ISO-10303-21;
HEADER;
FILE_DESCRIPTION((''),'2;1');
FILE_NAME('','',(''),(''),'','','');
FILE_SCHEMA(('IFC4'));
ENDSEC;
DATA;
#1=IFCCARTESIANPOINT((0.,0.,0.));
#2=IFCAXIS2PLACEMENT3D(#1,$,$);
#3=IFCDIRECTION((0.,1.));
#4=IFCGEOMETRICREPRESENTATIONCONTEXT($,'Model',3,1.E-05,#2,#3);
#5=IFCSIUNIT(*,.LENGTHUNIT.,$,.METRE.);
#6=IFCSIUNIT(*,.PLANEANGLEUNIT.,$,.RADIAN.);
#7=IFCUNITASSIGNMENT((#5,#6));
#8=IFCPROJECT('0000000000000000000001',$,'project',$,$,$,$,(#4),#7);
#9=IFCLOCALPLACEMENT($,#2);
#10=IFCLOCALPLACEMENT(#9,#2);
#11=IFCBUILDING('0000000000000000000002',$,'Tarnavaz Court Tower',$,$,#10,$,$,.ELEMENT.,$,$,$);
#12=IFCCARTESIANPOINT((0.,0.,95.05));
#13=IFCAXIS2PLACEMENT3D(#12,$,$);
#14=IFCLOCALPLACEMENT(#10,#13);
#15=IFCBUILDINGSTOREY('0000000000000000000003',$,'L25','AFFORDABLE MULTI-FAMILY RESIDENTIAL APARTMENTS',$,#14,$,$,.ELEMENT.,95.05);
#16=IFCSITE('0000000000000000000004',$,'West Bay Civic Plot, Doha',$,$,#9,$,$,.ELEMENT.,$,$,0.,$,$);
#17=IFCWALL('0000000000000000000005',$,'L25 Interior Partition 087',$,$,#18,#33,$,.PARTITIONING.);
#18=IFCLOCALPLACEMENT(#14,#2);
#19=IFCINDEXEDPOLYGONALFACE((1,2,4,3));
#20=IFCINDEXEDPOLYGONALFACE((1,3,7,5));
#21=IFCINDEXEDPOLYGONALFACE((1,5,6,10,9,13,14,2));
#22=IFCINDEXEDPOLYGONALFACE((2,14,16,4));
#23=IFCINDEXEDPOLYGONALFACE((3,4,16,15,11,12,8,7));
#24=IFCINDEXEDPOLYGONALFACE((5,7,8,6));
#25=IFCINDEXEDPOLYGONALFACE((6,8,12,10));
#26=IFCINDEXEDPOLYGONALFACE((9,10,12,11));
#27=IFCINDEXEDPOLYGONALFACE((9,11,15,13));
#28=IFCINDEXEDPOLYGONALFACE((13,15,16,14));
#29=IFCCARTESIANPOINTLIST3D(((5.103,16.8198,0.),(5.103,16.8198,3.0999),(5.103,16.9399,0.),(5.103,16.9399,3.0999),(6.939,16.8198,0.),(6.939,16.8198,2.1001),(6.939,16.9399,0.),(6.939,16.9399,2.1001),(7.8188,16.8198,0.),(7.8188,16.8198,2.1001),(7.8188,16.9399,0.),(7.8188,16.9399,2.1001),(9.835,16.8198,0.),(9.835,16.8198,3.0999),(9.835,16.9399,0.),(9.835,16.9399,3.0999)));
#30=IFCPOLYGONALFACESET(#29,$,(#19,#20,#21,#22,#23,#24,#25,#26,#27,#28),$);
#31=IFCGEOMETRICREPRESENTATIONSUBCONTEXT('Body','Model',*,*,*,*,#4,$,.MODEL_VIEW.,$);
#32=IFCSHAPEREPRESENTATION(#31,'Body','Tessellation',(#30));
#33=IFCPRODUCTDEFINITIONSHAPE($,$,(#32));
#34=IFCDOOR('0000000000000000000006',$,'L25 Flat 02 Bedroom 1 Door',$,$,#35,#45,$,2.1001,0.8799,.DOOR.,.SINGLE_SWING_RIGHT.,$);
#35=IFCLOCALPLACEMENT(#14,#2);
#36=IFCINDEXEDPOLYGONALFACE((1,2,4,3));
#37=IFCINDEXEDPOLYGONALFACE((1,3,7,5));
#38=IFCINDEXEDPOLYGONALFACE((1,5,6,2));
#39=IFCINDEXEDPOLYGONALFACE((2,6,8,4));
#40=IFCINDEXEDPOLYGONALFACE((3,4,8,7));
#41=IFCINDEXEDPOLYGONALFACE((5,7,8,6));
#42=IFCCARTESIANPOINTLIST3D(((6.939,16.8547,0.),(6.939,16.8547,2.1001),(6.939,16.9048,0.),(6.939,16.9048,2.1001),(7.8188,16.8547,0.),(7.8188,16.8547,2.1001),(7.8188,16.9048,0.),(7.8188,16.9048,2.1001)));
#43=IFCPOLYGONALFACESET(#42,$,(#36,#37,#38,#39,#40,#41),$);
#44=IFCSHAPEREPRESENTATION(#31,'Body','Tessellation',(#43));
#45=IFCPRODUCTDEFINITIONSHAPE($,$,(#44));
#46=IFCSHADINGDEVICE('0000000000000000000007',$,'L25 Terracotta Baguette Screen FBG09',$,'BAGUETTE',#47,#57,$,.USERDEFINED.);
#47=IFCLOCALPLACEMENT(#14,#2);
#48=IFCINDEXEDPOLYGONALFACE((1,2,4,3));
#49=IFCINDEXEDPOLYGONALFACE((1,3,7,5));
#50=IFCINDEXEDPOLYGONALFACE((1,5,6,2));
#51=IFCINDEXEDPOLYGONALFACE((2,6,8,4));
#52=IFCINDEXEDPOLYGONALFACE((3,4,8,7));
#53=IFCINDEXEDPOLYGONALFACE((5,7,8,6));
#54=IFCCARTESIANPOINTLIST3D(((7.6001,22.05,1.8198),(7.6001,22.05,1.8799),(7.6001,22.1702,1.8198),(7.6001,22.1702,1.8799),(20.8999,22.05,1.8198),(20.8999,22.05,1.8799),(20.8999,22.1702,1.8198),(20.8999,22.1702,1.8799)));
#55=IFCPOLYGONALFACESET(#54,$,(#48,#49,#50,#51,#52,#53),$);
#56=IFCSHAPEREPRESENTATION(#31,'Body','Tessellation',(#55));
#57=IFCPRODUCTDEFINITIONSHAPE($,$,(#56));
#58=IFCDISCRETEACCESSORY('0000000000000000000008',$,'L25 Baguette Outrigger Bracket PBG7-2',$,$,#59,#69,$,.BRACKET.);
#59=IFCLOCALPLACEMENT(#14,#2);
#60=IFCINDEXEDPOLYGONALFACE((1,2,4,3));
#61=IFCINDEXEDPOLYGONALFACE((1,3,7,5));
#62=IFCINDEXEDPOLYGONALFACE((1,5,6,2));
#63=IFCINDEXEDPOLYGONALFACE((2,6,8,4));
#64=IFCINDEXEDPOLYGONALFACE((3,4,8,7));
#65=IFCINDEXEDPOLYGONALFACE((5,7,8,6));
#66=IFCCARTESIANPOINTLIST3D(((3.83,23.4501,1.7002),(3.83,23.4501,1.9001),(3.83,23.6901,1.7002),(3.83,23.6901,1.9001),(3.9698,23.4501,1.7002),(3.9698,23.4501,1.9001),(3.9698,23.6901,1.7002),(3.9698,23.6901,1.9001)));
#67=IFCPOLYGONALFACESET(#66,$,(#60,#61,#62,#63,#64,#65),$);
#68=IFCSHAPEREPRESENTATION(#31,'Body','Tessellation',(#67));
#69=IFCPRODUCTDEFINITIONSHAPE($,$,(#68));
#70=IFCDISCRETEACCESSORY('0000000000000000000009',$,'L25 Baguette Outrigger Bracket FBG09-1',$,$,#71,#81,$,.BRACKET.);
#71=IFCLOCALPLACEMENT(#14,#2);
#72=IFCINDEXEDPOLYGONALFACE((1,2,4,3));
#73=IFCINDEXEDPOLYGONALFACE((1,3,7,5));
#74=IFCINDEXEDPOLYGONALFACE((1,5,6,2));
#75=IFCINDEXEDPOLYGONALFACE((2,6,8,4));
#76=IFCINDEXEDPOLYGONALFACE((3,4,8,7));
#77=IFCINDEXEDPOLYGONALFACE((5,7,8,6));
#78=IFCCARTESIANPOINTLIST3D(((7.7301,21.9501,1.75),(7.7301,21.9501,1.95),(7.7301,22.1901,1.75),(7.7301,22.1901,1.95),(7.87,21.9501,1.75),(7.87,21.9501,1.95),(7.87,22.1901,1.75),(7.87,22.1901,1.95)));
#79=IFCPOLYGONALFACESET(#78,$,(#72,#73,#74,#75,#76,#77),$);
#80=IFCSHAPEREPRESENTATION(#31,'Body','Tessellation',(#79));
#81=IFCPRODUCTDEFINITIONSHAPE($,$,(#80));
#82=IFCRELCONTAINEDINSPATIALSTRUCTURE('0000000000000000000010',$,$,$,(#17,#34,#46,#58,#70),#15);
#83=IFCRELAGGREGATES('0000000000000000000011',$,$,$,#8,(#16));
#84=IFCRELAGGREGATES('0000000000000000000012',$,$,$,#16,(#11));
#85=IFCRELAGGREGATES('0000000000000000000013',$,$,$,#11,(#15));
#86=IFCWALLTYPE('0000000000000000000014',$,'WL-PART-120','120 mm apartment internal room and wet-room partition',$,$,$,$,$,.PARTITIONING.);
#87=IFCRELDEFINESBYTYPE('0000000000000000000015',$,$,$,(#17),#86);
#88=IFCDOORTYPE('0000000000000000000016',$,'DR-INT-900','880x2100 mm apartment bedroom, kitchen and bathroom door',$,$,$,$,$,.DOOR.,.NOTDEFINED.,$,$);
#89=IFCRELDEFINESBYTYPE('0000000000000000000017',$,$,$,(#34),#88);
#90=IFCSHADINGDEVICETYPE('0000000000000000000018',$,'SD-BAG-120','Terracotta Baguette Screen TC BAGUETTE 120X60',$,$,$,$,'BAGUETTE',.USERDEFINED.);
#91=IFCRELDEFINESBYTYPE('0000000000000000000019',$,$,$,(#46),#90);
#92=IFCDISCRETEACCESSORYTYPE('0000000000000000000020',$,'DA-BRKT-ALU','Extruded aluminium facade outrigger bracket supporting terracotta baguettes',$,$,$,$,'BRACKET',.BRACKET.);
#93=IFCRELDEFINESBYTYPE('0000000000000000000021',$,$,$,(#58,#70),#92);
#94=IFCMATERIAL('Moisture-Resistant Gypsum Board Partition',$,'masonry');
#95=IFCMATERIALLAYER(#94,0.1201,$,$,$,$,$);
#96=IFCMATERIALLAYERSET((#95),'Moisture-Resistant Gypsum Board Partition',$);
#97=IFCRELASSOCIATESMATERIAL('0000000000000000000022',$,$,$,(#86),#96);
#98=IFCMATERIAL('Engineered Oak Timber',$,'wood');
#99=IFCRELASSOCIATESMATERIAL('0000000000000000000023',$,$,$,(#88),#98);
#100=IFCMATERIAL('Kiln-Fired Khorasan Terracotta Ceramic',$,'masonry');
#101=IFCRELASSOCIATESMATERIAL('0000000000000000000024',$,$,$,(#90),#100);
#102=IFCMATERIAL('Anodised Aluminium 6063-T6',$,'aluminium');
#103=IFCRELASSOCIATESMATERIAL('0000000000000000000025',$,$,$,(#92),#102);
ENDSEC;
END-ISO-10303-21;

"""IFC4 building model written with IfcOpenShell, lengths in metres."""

from ifc_helpers import new_model, si_unit, direction, frame, frame_2d, origin, origin_2d, place, context, subcontext, project, spatial, rectangle, extrude, material, layer, layer_set, material_profile, profile_set, type_object, element, fill, save


model = new_model("IFC4")

# Units and contexts
model_context = context("Model", 3, precision=1e-05, world=origin(), true_north=direction((0.0, 1.0)))
body_context = subcontext(model_context, "Body", "Model", "MODEL_VIEW")
ifc_project = project(units=[si_unit("LENGTHUNIT", "METRE"), si_unit("PLANEANGLEUNIT", "RADIAN")], contexts=[model_context])

# Site, building, storey
site_placement = place(None, origin())
site = spatial("IfcSite", under=ifc_project, at=site_placement, Name="West Bay Civic Plot, Doha", CompositionType="ELEMENT", RefElevation=0.0)
building_placement = place(site_placement, origin())
building = spatial("IfcBuilding", under=site, at=building_placement, Name="Tarnavaz Court Tower", CompositionType="ELEMENT")
storey_placement = place(building_placement, frame((0.0, 0.0, 95.05)))
storey = spatial("IfcBuildingStorey", under=building, at=storey_placement, Name="L25", Description="AFFORDABLE MULTI-FAMILY RESIDENTIAL APARTMENTS", CompositionType="ELEMENT", Elevation=95.05)

# Shared definitions
ifc_material_1 = material(Name="Anodised Aluminium 6063-T6", Category="aluminium")

# Wall, opening, door
ifc_material_2 = material(Name="Moisture-Resistant Gypsum Board Partition", Category="masonry")
ifc_layer_1 = layer(ifc_material_2, 0.1201)
ifc_layer_set_1 = layer_set([ifc_layer_1], Name="Moisture-Resistant Gypsum Board Partition")
wall_type_1 = type_object("IfcWallType", Name="WL-PART-120", Description="120 mm apartment internal room and wet-room partition", PredefinedType="PARTITIONING", material=ifc_layer_set_1)
ifc_material_3 = material(Name="Engineered Oak Timber", Category="wood")
door_type = type_object("IfcDoorType", Name="DR-INT-900", Description="880x2100 mm apartment bedroom, kitchen and bathroom door", OperationType="NOTDEFINED", PredefinedType="DOOR", material=ifc_material_3)
wall_1_placement = place(storey_placement, frame((5.103, 16.8799, 0.0), z_axis=(0.0, 0.0, 1.0), x_axis=(1.0, 0.0, 0.0)))
wall_1 = element("IfcWall", 1, at=wall_1_placement, inside=storey, type_object=wall_type_1, Name="L25 Interior Partition 087", PredefinedType="PARTITIONING", context=body_context, shape_type="SweptSolid", body=[
    extrude(rectangle(XDim=4.7319, YDim=0.1201, at=frame_2d((2.366, 0.0))), origin(), (0.0, 0.0, 1.0), 3.0999),
])
opening_1_placement = place(wall_1_placement, frame((1.8359, 0.0, 0.0)))
opening_1 = element("IfcOpeningElement", 2, at=opening_1_placement, cuts=wall_1, PredefinedType="OPENING", context=body_context, shape_type="SweptSolid", body=[
    extrude(rectangle(XDim=0.8799, YDim=2.1001, at=frame_2d((0.4399, 1.05))), frame((0.0, 0.0701, 0.0), z_axis=(0.0, -1.0, 0.0), x_axis=(1.0, 0.0, 0.0)), (0.0, 0.0, 1.0), 0.1401),
])
door_1_placement = place(opening_1_placement, origin())
door_1 = element("IfcDoor", 3, at=door_1_placement, inside=storey, type_object=door_type, Name="L25 Flat 02 Bedroom 1 Door", OperationType="SINGLE_SWING_RIGHT", OverallHeight=2.1001, OverallWidth=0.8799, PredefinedType="DOOR", context=body_context, shape_type="SweptSolid", body=[
    extrude(rectangle(XDim=0.8799, YDim=2.1001, at=frame_2d((0.4399, 1.05))), frame((0.0, 0.0249, 0.0), z_axis=(0.0, -1.0, 0.0), x_axis=(1.0, 0.0, 0.0)), (0.0, 0.0, 1.0), 0.05),
])
fill(opening_1, door_1)

# Shading device
ifc_material_4 = material(Name="Kiln-Fired Khorasan Terracotta Ceramic", Category="masonry")
ifc_material_profile_1 = material_profile(ifc_material_4, rectangle(XDim=0.1201, YDim=0.0601, at=origin_2d()), Name="TC BAGUETTE 120X60")
ifc_profile_set_1 = profile_set([ifc_material_profile_1], Name="Kiln-Fired Khorasan Terracotta Ceramic")
shading_device_type = type_object("IfcShadingDeviceType", Name="SD-BAG-120", Description="Terracotta Baguette Screen TC BAGUETTE 120X60", ElementType="BAGUETTE", PredefinedType="USERDEFINED", material=ifc_profile_set_1)
shading_device_placement = place(storey_placement, frame((7.6001, 22.1101, 1.8499), z_axis=(1.0, 0.0, 0.0), x_axis=(0.0, 1.0, 0.0)))
element("IfcShadingDevice", 4, at=shading_device_placement, inside=storey, type_object=shading_device_type, Name="L25 Terracotta Baguette Screen FBG09", ObjectType="BAGUETTE", PredefinedType="USERDEFINED", context=body_context, shape_type="SweptSolid", body=[
    extrude(rectangle(XDim=0.1201, YDim=0.0601, at=origin_2d()), origin(), (0.0, 0.0, 1.0), 13.2998),
])

# Discrete accessories
discrete_accessory_type = type_object("IfcDiscreteAccessoryType", Name="DA-BRKT-ALU", Description="Extruded aluminium facade outrigger bracket supporting terracotta baguettes", ElementType="BRACKET", PredefinedType="BRACKET", material=ifc_material_1)
for number, where, z_axis, x_axis, name in (
    (5, (3.8999, 23.5701, 1.7002), (0.0, 0.0, 1.0), (1.0, 0.0, 0.0), "L25 Baguette Outrigger Bracket PBG7-2"),
    (6, (7.8, 22.0701, 1.75), (0.0, 0.0, 1.0), (1.0, 0.0, 0.0), "L25 Baguette Outrigger Bracket FBG09-1"),
):
    element("IfcDiscreteAccessory", number, at=place(storey_placement, frame(where, z_axis=z_axis, x_axis=x_axis)), inside=storey, type_object=discrete_accessory_type, Name=name, PredefinedType="BRACKET", context=body_context, shape_type="SweptSolid", body=[
        extrude(rectangle(XDim=0.1399, YDim=0.24, at=origin_2d()), origin(), (0.0, 0.0, 1.0), 0.2),
    ])

save(model, "model.ifc")
